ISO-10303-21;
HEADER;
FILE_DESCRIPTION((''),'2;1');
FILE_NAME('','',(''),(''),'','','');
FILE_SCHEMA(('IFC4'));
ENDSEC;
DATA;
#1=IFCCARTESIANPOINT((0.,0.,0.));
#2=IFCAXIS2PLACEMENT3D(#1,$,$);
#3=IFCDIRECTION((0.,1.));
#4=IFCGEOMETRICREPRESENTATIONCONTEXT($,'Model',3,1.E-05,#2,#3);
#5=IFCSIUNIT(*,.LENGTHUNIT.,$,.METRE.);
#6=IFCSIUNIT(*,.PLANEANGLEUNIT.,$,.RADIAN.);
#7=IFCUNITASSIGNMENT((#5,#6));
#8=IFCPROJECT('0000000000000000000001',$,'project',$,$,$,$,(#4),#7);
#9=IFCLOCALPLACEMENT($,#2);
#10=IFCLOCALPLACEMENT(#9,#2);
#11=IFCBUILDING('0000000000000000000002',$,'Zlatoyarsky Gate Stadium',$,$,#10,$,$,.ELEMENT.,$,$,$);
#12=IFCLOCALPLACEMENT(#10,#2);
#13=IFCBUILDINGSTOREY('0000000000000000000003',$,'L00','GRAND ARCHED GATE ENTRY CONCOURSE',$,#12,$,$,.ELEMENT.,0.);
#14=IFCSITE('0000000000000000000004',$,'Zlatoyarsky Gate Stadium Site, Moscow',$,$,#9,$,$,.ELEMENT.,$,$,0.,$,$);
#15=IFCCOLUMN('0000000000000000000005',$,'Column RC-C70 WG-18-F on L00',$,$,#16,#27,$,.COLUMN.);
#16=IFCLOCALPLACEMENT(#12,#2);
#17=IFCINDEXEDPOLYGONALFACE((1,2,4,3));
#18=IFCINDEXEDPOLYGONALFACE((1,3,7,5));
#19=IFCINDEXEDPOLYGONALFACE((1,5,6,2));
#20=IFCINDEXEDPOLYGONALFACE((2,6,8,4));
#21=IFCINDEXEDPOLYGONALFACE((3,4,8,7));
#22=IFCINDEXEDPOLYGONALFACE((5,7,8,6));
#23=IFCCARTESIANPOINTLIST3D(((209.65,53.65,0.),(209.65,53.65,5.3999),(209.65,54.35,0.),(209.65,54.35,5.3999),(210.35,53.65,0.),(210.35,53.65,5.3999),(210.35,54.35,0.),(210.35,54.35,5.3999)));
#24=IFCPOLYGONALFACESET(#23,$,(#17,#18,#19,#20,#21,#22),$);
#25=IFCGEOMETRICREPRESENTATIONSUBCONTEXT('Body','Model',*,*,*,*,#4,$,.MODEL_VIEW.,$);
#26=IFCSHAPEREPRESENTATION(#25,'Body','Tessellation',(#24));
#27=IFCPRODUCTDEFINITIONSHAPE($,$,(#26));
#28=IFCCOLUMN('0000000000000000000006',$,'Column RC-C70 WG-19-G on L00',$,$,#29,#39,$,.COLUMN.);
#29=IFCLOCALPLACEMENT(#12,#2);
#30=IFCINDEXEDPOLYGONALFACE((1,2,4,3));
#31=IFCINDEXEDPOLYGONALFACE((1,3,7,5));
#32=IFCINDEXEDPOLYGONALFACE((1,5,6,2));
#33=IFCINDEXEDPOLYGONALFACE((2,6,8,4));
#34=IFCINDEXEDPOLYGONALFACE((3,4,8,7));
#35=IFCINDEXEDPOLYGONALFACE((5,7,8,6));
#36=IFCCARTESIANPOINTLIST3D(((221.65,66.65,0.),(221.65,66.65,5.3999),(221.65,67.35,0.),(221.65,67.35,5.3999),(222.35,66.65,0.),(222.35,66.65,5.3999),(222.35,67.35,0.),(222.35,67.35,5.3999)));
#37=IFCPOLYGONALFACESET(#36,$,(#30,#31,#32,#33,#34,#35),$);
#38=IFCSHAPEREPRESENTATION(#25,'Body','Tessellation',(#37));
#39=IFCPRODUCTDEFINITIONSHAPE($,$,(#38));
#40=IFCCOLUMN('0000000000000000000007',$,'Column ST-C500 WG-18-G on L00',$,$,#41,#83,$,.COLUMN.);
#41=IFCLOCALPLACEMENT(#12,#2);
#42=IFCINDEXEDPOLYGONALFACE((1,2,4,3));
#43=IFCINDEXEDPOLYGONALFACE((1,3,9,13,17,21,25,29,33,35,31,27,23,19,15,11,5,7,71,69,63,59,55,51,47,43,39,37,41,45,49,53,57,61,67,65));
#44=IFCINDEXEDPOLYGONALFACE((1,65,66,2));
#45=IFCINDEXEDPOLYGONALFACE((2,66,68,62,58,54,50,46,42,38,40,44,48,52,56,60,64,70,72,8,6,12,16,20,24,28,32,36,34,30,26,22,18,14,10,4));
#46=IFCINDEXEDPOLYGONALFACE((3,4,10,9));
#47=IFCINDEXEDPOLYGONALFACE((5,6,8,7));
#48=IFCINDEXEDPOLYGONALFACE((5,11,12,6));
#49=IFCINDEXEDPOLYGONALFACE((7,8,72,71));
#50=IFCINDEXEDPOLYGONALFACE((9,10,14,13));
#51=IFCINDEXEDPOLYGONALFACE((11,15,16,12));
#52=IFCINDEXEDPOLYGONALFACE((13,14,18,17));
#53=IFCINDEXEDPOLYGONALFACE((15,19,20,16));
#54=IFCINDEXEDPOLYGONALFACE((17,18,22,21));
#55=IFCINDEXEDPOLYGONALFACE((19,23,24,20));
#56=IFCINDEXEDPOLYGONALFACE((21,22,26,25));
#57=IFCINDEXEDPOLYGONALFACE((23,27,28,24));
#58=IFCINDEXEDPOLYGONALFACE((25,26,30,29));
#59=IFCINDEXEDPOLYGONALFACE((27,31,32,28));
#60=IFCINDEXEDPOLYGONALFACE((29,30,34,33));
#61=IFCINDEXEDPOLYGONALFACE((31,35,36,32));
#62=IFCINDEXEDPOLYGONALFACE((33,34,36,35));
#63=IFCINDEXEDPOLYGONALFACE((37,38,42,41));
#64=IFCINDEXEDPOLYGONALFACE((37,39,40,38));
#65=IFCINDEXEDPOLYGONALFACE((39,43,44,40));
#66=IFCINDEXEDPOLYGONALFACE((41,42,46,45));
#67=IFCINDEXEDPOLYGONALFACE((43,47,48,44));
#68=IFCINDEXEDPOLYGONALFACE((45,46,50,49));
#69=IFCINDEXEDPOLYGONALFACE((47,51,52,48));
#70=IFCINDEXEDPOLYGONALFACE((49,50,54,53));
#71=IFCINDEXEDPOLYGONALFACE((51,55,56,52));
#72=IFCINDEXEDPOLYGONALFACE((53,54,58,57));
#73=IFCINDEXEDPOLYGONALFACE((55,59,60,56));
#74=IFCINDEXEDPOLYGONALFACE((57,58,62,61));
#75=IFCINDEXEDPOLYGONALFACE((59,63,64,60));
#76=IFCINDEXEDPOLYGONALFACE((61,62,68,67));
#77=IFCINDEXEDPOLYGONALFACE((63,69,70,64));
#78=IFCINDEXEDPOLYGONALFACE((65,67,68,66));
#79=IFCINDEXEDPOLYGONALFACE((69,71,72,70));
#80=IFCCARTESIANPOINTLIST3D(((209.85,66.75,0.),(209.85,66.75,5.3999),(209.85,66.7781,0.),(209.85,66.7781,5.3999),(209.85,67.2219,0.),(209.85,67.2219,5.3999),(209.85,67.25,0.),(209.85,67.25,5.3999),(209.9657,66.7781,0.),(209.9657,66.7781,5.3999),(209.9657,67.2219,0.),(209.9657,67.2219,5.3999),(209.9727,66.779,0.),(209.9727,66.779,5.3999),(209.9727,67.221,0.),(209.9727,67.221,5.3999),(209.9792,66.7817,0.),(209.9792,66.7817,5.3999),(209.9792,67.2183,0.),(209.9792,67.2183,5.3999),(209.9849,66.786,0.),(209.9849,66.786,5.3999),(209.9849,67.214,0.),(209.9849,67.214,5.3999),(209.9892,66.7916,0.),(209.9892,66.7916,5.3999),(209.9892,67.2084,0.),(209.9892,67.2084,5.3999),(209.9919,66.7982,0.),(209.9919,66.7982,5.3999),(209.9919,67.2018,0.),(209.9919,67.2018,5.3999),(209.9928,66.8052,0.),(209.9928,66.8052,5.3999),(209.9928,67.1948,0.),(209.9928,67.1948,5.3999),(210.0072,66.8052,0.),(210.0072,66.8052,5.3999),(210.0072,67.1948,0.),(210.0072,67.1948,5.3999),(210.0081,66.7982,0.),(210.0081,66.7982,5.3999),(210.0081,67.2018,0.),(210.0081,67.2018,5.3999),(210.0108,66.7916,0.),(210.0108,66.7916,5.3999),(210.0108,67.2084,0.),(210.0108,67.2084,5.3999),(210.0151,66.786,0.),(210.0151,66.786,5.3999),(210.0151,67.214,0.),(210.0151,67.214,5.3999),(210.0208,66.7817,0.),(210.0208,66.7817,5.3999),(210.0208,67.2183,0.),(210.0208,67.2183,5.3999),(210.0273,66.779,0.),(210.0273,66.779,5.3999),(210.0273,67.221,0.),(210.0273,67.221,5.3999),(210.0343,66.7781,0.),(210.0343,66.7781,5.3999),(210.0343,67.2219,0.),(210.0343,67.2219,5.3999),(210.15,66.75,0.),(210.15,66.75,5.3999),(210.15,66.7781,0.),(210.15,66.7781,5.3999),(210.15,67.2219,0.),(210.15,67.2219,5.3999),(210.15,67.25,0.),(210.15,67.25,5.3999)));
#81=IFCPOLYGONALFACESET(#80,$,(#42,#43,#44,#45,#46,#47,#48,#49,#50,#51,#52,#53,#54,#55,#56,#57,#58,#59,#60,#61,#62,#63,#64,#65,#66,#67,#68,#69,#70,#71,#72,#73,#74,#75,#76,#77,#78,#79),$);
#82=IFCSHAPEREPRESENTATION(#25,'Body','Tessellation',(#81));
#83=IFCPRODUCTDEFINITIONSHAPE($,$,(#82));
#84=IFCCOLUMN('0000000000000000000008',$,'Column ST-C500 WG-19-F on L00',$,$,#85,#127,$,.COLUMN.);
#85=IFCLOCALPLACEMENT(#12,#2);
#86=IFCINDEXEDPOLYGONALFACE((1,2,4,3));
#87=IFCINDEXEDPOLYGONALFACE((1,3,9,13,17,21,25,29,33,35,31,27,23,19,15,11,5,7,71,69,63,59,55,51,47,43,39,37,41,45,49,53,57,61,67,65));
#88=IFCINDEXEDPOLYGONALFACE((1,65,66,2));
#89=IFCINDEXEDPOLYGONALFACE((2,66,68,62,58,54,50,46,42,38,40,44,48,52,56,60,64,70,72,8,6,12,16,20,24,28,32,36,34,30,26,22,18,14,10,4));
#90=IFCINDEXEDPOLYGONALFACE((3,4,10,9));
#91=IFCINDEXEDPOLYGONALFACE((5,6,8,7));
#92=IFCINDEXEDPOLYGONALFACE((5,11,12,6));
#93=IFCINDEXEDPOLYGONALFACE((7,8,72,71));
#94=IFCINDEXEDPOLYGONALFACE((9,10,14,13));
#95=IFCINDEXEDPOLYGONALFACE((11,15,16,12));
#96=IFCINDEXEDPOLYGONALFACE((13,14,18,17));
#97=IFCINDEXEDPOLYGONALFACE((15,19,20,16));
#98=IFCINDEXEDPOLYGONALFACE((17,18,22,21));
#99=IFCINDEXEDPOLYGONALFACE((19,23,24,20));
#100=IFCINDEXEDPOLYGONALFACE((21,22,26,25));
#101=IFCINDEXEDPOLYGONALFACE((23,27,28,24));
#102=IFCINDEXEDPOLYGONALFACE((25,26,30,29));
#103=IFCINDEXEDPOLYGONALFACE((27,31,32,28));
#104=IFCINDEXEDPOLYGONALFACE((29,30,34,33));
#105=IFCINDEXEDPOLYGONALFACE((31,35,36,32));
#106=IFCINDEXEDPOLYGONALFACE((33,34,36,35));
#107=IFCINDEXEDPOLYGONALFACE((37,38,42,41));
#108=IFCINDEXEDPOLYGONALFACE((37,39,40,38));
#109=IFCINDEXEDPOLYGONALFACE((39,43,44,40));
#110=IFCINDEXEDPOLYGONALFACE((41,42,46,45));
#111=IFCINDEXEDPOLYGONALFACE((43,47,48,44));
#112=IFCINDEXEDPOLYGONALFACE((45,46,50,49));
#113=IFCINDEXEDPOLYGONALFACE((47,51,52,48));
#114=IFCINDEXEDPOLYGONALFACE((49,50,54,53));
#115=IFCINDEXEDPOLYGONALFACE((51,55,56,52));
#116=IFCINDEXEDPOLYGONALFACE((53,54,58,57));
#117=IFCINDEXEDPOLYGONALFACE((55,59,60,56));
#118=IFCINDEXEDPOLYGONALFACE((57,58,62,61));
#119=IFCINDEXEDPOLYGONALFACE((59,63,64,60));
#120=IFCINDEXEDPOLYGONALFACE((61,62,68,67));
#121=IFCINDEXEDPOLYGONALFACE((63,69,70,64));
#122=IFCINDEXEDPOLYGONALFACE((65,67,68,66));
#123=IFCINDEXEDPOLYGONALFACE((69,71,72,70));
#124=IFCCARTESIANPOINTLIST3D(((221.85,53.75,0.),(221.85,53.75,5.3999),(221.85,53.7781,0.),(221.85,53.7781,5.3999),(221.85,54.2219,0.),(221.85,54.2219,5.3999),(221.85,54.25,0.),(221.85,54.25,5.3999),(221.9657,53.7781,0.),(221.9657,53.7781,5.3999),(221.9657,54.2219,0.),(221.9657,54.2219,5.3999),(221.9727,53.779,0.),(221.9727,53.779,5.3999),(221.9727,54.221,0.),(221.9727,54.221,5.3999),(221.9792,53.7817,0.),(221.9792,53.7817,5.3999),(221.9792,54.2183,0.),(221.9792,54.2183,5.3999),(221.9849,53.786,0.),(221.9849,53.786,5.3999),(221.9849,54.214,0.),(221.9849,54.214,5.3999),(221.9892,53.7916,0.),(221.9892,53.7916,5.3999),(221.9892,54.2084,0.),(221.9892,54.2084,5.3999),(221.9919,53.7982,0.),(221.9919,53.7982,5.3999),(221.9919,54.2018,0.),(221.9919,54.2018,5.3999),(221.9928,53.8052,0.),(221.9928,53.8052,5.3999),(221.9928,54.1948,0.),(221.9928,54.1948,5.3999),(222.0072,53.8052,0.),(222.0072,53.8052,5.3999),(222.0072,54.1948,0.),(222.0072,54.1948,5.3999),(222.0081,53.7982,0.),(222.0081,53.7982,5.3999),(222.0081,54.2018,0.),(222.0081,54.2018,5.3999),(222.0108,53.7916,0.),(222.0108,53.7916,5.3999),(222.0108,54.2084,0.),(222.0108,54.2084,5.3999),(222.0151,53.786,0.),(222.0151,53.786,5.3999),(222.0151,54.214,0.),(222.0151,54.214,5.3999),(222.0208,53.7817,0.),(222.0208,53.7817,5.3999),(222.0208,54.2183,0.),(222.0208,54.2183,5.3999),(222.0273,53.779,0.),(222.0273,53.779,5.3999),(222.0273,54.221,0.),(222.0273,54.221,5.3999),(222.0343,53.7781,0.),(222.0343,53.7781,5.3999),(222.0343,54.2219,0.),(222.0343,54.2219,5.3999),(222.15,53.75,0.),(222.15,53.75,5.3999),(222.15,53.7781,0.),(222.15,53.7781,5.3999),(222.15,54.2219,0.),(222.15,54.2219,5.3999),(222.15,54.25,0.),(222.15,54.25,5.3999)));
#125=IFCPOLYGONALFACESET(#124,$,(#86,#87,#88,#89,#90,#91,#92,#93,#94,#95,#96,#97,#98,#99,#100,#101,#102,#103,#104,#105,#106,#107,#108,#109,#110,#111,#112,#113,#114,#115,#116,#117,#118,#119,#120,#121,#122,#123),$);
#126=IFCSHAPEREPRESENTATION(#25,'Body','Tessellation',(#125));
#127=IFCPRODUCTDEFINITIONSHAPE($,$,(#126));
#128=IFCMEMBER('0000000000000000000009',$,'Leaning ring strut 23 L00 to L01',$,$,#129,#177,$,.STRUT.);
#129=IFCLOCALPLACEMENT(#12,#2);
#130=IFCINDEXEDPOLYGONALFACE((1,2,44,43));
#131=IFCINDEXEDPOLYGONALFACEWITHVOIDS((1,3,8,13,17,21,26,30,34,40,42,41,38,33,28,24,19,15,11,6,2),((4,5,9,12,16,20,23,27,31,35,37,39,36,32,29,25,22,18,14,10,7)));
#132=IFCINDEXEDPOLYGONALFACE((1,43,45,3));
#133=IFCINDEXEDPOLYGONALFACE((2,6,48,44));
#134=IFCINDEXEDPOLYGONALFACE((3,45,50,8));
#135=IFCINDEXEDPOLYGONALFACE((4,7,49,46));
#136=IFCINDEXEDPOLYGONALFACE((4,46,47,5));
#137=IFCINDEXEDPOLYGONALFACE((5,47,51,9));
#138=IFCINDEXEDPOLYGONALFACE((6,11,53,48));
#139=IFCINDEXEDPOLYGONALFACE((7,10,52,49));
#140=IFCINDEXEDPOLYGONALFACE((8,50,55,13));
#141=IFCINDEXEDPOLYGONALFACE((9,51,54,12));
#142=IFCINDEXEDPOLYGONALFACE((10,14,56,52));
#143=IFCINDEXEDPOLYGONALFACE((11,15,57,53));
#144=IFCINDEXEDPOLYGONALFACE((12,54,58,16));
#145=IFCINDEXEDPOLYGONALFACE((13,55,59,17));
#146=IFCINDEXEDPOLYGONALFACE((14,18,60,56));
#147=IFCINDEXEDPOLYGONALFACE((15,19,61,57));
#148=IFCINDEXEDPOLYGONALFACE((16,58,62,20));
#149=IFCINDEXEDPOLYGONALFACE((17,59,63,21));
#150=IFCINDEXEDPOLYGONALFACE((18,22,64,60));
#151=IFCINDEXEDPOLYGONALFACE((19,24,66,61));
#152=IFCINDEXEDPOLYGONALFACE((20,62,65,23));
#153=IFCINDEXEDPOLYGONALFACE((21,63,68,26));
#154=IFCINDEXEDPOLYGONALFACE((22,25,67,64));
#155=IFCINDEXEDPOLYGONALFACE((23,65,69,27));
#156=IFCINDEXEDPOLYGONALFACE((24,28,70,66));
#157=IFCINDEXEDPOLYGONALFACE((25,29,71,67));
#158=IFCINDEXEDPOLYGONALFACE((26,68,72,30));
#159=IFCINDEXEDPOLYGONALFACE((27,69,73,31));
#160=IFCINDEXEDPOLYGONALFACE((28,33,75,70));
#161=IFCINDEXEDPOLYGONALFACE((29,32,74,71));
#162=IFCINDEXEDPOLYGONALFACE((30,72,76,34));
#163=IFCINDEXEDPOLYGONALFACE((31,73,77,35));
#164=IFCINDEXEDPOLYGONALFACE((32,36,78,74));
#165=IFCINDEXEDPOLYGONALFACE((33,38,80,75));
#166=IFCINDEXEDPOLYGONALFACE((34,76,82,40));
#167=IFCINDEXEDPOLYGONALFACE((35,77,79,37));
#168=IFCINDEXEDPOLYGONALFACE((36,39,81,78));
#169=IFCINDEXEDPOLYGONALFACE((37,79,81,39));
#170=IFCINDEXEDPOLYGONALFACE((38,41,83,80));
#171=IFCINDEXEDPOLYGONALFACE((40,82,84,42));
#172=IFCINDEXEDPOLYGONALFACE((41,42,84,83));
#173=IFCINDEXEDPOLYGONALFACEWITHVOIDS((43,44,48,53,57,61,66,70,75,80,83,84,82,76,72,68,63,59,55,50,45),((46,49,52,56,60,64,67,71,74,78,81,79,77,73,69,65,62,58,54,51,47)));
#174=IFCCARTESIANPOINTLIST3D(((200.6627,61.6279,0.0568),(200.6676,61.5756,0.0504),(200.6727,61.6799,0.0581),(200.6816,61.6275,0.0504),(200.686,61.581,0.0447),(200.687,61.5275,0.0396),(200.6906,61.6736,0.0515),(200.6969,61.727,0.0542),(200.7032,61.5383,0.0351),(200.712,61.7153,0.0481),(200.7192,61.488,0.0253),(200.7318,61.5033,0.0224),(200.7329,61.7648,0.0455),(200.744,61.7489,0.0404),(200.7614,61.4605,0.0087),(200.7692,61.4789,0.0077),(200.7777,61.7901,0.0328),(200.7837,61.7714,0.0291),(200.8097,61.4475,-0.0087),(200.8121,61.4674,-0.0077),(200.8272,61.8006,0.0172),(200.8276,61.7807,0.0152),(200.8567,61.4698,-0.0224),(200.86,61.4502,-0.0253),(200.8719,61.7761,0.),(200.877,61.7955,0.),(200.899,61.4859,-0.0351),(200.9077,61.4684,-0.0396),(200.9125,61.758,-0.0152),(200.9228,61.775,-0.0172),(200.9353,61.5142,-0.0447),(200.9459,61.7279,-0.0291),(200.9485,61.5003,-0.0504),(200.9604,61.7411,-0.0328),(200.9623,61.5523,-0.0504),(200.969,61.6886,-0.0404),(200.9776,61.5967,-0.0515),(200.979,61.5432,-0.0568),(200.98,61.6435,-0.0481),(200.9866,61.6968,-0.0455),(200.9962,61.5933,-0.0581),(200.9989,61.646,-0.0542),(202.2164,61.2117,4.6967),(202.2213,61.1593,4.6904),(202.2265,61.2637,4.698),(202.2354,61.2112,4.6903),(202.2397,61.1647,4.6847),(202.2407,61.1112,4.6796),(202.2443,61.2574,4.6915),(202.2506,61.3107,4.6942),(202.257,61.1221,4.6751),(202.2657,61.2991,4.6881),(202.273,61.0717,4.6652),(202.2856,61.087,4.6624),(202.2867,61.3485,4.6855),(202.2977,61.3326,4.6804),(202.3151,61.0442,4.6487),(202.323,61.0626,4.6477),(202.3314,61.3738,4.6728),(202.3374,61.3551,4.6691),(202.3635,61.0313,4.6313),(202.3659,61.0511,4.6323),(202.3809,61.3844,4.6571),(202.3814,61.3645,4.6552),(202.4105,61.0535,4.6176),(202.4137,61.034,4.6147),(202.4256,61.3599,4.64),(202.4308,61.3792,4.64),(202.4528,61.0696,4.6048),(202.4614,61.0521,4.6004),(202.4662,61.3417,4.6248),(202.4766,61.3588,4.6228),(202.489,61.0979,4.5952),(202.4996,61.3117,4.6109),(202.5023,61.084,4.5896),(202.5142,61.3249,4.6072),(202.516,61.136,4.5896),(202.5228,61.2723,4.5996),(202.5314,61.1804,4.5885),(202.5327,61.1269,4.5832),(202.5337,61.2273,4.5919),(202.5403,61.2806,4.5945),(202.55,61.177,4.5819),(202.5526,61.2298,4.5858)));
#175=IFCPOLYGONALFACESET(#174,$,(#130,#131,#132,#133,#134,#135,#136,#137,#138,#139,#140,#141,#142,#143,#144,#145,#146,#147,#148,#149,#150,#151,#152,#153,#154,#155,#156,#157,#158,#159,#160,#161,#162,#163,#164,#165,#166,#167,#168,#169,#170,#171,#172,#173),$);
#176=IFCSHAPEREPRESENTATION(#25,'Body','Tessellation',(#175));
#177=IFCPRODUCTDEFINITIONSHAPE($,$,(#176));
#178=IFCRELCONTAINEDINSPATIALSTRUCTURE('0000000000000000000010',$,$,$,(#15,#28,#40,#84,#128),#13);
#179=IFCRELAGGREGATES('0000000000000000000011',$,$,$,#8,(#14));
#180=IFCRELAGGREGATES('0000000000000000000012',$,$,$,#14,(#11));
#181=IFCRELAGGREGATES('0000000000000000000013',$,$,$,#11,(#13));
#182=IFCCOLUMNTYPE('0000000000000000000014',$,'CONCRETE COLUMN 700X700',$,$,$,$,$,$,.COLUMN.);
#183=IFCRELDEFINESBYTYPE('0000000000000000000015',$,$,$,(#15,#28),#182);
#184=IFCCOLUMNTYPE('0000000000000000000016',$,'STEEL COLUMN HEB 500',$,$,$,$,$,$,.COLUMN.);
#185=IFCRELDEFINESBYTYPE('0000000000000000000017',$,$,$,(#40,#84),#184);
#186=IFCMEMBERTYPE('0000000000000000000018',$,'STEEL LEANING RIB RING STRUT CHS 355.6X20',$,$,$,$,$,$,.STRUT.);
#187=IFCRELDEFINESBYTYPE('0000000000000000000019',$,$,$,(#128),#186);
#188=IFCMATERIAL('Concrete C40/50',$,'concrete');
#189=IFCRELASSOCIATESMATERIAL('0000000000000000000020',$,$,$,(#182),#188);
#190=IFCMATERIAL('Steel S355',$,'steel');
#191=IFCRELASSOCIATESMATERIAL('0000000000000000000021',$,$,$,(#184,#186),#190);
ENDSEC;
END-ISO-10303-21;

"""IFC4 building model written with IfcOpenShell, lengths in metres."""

from ifc_helpers import new_model, si_unit, direction, frame, origin, origin_2d, place, context, subcontext, project, spatial, rectangle, hollow_circle, i_section, extrude, material, material_profile, profile_set, type_object, element, save


model = new_model("IFC4")

# Units and contexts
model_context = context("Model", 3, precision=1e-05, world=origin(), true_north=direction((0.0, 1.0)))
body_context = subcontext(model_context, "Body", "Model", "MODEL_VIEW")
ifc_project = project(units=[si_unit("LENGTHUNIT", "METRE"), si_unit("PLANEANGLEUNIT", "RADIAN")], contexts=[model_context])

# Site, building, storey
site_placement = place(None, origin())
site = spatial("IfcSite", under=ifc_project, at=site_placement, Name="Zlatoyarsky Gate Stadium Site, Moscow", CompositionType="ELEMENT", RefElevation=0.0)
building_placement = place(site_placement, origin())
building = spatial("IfcBuilding", under=site, at=building_placement, Name="Zlatoyarsky Gate Stadium", CompositionType="ELEMENT")
storey_placement = place(building_placement, origin())
storey = spatial("IfcBuildingStorey", under=building, at=storey_placement, Name="L00", Description="GRAND ARCHED GATE ENTRY CONCOURSE", CompositionType="ELEMENT", Elevation=0.0)

# Columns
ifc_material_1 = material(Name="Concrete C40/50", Category="concrete")
ifc_material_profile_1 = material_profile(ifc_material_1, rectangle(XDim=0.7, YDim=0.7, at=origin_2d()), Name="RC COL 700X700")
ifc_profile_set_1 = profile_set([ifc_material_profile_1], Name="Concrete C40/50")
column_type_1 = type_object("IfcColumnType", Name="CONCRETE COLUMN 700X700", PredefinedType="COLUMN", material=ifc_profile_set_1)
for number, where, z_axis, x_axis, name in (
    (1, (210.0, 54.0, 0.0), (0.0, 0.0, 1.0), (1.0, 0.0, 0.0), "Column RC-C70 WG-18-F on L00"),
    (2, (222.0, 67.0, 0.0), (0.0, 0.0, 1.0), (1.0, 0.0, 0.0), "Column RC-C70 WG-19-G on L00"),
):
    element("IfcColumn", number, at=place(storey_placement, frame(where, z_axis=z_axis, x_axis=x_axis)), inside=storey, type_object=column_type_1, Name=name, PredefinedType="COLUMN", context=body_context, shape_type="SweptSolid", body=[
        extrude(rectangle(XDim=0.7, YDim=0.7, at=origin_2d()), origin(), (0.0, 0.0, 1.0), 5.3999),
    ])
ifc_material_2 = material(Name="Steel S355", Category="steel")
ifc_material_profile_2 = material_profile(ifc_material_2, i_section(OverallWidth=0.3, OverallDepth=0.5, WebThickness=0.0144, FlangeThickness=0.0281, FilletRadius=0.0271, at=origin_2d()), Name="HEB 500")
ifc_profile_set_2 = profile_set([ifc_material_profile_2], Name="Steel S355")
column_type_2 = type_object("IfcColumnType", Name="STEEL COLUMN HEB 500", PredefinedType="COLUMN", material=ifc_profile_set_2)
for number, where, z_axis, x_axis, name in (
    (3, (210.0, 67.0, 0.0), (0.0, 0.0, 1.0), (1.0, 0.0, 0.0), "Column ST-C500 WG-18-G on L00"),
    (4, (222.0, 54.0, 0.0), (0.0, 0.0, 1.0), (1.0, 0.0, 0.0), "Column ST-C500 WG-19-F on L00"),
):
    element("IfcColumn", number, at=place(storey_placement, frame(where, z_axis=z_axis, x_axis=x_axis)), inside=storey, type_object=column_type_2, Name=name, PredefinedType="COLUMN", context=body_context, shape_type="SweptSolid", body=[
        extrude(i_section(OverallWidth=0.3, OverallDepth=0.5, WebThickness=0.0144, FlangeThickness=0.0281, FilletRadius=0.0271, at=origin_2d()), origin(), (0.0, 0.0, 1.0), 5.3999),
    ])

# Member
ifc_material_profile_3 = material_profile(ifc_material_2, hollow_circle(Radius=0.1777, WallThickness=0.02, at=origin_2d()), Name="CHS 355.6X20")
ifc_profile_set_3 = profile_set([ifc_material_profile_3], Name="Steel S355")
member_type = type_object("IfcMemberType", Name="STEEL LEANING RIB RING STRUT CHS 355.6X20", PredefinedType="STRUT", material=ifc_profile_set_3)
member_placement = place(storey_placement, frame((200.8311, 61.6238, 0.0), z_axis=(0.316387, -0.084764, 0.944836), x_axis=(0.258787, 0.965935, 0.0)))
element("IfcMember", 5, at=member_placement, inside=storey, type_object=member_type, Name="Leaning ring strut 23 L00 to L01", PredefinedType="STRUT", context=body_context, shape_type="SweptSolid", body=[
    extrude(hollow_circle(Radius=0.1777, WallThickness=0.02, at=origin_2d()), origin(), (0.0, 0.0, 1.0), 4.9109),
])

save(model, "model.ifc")
